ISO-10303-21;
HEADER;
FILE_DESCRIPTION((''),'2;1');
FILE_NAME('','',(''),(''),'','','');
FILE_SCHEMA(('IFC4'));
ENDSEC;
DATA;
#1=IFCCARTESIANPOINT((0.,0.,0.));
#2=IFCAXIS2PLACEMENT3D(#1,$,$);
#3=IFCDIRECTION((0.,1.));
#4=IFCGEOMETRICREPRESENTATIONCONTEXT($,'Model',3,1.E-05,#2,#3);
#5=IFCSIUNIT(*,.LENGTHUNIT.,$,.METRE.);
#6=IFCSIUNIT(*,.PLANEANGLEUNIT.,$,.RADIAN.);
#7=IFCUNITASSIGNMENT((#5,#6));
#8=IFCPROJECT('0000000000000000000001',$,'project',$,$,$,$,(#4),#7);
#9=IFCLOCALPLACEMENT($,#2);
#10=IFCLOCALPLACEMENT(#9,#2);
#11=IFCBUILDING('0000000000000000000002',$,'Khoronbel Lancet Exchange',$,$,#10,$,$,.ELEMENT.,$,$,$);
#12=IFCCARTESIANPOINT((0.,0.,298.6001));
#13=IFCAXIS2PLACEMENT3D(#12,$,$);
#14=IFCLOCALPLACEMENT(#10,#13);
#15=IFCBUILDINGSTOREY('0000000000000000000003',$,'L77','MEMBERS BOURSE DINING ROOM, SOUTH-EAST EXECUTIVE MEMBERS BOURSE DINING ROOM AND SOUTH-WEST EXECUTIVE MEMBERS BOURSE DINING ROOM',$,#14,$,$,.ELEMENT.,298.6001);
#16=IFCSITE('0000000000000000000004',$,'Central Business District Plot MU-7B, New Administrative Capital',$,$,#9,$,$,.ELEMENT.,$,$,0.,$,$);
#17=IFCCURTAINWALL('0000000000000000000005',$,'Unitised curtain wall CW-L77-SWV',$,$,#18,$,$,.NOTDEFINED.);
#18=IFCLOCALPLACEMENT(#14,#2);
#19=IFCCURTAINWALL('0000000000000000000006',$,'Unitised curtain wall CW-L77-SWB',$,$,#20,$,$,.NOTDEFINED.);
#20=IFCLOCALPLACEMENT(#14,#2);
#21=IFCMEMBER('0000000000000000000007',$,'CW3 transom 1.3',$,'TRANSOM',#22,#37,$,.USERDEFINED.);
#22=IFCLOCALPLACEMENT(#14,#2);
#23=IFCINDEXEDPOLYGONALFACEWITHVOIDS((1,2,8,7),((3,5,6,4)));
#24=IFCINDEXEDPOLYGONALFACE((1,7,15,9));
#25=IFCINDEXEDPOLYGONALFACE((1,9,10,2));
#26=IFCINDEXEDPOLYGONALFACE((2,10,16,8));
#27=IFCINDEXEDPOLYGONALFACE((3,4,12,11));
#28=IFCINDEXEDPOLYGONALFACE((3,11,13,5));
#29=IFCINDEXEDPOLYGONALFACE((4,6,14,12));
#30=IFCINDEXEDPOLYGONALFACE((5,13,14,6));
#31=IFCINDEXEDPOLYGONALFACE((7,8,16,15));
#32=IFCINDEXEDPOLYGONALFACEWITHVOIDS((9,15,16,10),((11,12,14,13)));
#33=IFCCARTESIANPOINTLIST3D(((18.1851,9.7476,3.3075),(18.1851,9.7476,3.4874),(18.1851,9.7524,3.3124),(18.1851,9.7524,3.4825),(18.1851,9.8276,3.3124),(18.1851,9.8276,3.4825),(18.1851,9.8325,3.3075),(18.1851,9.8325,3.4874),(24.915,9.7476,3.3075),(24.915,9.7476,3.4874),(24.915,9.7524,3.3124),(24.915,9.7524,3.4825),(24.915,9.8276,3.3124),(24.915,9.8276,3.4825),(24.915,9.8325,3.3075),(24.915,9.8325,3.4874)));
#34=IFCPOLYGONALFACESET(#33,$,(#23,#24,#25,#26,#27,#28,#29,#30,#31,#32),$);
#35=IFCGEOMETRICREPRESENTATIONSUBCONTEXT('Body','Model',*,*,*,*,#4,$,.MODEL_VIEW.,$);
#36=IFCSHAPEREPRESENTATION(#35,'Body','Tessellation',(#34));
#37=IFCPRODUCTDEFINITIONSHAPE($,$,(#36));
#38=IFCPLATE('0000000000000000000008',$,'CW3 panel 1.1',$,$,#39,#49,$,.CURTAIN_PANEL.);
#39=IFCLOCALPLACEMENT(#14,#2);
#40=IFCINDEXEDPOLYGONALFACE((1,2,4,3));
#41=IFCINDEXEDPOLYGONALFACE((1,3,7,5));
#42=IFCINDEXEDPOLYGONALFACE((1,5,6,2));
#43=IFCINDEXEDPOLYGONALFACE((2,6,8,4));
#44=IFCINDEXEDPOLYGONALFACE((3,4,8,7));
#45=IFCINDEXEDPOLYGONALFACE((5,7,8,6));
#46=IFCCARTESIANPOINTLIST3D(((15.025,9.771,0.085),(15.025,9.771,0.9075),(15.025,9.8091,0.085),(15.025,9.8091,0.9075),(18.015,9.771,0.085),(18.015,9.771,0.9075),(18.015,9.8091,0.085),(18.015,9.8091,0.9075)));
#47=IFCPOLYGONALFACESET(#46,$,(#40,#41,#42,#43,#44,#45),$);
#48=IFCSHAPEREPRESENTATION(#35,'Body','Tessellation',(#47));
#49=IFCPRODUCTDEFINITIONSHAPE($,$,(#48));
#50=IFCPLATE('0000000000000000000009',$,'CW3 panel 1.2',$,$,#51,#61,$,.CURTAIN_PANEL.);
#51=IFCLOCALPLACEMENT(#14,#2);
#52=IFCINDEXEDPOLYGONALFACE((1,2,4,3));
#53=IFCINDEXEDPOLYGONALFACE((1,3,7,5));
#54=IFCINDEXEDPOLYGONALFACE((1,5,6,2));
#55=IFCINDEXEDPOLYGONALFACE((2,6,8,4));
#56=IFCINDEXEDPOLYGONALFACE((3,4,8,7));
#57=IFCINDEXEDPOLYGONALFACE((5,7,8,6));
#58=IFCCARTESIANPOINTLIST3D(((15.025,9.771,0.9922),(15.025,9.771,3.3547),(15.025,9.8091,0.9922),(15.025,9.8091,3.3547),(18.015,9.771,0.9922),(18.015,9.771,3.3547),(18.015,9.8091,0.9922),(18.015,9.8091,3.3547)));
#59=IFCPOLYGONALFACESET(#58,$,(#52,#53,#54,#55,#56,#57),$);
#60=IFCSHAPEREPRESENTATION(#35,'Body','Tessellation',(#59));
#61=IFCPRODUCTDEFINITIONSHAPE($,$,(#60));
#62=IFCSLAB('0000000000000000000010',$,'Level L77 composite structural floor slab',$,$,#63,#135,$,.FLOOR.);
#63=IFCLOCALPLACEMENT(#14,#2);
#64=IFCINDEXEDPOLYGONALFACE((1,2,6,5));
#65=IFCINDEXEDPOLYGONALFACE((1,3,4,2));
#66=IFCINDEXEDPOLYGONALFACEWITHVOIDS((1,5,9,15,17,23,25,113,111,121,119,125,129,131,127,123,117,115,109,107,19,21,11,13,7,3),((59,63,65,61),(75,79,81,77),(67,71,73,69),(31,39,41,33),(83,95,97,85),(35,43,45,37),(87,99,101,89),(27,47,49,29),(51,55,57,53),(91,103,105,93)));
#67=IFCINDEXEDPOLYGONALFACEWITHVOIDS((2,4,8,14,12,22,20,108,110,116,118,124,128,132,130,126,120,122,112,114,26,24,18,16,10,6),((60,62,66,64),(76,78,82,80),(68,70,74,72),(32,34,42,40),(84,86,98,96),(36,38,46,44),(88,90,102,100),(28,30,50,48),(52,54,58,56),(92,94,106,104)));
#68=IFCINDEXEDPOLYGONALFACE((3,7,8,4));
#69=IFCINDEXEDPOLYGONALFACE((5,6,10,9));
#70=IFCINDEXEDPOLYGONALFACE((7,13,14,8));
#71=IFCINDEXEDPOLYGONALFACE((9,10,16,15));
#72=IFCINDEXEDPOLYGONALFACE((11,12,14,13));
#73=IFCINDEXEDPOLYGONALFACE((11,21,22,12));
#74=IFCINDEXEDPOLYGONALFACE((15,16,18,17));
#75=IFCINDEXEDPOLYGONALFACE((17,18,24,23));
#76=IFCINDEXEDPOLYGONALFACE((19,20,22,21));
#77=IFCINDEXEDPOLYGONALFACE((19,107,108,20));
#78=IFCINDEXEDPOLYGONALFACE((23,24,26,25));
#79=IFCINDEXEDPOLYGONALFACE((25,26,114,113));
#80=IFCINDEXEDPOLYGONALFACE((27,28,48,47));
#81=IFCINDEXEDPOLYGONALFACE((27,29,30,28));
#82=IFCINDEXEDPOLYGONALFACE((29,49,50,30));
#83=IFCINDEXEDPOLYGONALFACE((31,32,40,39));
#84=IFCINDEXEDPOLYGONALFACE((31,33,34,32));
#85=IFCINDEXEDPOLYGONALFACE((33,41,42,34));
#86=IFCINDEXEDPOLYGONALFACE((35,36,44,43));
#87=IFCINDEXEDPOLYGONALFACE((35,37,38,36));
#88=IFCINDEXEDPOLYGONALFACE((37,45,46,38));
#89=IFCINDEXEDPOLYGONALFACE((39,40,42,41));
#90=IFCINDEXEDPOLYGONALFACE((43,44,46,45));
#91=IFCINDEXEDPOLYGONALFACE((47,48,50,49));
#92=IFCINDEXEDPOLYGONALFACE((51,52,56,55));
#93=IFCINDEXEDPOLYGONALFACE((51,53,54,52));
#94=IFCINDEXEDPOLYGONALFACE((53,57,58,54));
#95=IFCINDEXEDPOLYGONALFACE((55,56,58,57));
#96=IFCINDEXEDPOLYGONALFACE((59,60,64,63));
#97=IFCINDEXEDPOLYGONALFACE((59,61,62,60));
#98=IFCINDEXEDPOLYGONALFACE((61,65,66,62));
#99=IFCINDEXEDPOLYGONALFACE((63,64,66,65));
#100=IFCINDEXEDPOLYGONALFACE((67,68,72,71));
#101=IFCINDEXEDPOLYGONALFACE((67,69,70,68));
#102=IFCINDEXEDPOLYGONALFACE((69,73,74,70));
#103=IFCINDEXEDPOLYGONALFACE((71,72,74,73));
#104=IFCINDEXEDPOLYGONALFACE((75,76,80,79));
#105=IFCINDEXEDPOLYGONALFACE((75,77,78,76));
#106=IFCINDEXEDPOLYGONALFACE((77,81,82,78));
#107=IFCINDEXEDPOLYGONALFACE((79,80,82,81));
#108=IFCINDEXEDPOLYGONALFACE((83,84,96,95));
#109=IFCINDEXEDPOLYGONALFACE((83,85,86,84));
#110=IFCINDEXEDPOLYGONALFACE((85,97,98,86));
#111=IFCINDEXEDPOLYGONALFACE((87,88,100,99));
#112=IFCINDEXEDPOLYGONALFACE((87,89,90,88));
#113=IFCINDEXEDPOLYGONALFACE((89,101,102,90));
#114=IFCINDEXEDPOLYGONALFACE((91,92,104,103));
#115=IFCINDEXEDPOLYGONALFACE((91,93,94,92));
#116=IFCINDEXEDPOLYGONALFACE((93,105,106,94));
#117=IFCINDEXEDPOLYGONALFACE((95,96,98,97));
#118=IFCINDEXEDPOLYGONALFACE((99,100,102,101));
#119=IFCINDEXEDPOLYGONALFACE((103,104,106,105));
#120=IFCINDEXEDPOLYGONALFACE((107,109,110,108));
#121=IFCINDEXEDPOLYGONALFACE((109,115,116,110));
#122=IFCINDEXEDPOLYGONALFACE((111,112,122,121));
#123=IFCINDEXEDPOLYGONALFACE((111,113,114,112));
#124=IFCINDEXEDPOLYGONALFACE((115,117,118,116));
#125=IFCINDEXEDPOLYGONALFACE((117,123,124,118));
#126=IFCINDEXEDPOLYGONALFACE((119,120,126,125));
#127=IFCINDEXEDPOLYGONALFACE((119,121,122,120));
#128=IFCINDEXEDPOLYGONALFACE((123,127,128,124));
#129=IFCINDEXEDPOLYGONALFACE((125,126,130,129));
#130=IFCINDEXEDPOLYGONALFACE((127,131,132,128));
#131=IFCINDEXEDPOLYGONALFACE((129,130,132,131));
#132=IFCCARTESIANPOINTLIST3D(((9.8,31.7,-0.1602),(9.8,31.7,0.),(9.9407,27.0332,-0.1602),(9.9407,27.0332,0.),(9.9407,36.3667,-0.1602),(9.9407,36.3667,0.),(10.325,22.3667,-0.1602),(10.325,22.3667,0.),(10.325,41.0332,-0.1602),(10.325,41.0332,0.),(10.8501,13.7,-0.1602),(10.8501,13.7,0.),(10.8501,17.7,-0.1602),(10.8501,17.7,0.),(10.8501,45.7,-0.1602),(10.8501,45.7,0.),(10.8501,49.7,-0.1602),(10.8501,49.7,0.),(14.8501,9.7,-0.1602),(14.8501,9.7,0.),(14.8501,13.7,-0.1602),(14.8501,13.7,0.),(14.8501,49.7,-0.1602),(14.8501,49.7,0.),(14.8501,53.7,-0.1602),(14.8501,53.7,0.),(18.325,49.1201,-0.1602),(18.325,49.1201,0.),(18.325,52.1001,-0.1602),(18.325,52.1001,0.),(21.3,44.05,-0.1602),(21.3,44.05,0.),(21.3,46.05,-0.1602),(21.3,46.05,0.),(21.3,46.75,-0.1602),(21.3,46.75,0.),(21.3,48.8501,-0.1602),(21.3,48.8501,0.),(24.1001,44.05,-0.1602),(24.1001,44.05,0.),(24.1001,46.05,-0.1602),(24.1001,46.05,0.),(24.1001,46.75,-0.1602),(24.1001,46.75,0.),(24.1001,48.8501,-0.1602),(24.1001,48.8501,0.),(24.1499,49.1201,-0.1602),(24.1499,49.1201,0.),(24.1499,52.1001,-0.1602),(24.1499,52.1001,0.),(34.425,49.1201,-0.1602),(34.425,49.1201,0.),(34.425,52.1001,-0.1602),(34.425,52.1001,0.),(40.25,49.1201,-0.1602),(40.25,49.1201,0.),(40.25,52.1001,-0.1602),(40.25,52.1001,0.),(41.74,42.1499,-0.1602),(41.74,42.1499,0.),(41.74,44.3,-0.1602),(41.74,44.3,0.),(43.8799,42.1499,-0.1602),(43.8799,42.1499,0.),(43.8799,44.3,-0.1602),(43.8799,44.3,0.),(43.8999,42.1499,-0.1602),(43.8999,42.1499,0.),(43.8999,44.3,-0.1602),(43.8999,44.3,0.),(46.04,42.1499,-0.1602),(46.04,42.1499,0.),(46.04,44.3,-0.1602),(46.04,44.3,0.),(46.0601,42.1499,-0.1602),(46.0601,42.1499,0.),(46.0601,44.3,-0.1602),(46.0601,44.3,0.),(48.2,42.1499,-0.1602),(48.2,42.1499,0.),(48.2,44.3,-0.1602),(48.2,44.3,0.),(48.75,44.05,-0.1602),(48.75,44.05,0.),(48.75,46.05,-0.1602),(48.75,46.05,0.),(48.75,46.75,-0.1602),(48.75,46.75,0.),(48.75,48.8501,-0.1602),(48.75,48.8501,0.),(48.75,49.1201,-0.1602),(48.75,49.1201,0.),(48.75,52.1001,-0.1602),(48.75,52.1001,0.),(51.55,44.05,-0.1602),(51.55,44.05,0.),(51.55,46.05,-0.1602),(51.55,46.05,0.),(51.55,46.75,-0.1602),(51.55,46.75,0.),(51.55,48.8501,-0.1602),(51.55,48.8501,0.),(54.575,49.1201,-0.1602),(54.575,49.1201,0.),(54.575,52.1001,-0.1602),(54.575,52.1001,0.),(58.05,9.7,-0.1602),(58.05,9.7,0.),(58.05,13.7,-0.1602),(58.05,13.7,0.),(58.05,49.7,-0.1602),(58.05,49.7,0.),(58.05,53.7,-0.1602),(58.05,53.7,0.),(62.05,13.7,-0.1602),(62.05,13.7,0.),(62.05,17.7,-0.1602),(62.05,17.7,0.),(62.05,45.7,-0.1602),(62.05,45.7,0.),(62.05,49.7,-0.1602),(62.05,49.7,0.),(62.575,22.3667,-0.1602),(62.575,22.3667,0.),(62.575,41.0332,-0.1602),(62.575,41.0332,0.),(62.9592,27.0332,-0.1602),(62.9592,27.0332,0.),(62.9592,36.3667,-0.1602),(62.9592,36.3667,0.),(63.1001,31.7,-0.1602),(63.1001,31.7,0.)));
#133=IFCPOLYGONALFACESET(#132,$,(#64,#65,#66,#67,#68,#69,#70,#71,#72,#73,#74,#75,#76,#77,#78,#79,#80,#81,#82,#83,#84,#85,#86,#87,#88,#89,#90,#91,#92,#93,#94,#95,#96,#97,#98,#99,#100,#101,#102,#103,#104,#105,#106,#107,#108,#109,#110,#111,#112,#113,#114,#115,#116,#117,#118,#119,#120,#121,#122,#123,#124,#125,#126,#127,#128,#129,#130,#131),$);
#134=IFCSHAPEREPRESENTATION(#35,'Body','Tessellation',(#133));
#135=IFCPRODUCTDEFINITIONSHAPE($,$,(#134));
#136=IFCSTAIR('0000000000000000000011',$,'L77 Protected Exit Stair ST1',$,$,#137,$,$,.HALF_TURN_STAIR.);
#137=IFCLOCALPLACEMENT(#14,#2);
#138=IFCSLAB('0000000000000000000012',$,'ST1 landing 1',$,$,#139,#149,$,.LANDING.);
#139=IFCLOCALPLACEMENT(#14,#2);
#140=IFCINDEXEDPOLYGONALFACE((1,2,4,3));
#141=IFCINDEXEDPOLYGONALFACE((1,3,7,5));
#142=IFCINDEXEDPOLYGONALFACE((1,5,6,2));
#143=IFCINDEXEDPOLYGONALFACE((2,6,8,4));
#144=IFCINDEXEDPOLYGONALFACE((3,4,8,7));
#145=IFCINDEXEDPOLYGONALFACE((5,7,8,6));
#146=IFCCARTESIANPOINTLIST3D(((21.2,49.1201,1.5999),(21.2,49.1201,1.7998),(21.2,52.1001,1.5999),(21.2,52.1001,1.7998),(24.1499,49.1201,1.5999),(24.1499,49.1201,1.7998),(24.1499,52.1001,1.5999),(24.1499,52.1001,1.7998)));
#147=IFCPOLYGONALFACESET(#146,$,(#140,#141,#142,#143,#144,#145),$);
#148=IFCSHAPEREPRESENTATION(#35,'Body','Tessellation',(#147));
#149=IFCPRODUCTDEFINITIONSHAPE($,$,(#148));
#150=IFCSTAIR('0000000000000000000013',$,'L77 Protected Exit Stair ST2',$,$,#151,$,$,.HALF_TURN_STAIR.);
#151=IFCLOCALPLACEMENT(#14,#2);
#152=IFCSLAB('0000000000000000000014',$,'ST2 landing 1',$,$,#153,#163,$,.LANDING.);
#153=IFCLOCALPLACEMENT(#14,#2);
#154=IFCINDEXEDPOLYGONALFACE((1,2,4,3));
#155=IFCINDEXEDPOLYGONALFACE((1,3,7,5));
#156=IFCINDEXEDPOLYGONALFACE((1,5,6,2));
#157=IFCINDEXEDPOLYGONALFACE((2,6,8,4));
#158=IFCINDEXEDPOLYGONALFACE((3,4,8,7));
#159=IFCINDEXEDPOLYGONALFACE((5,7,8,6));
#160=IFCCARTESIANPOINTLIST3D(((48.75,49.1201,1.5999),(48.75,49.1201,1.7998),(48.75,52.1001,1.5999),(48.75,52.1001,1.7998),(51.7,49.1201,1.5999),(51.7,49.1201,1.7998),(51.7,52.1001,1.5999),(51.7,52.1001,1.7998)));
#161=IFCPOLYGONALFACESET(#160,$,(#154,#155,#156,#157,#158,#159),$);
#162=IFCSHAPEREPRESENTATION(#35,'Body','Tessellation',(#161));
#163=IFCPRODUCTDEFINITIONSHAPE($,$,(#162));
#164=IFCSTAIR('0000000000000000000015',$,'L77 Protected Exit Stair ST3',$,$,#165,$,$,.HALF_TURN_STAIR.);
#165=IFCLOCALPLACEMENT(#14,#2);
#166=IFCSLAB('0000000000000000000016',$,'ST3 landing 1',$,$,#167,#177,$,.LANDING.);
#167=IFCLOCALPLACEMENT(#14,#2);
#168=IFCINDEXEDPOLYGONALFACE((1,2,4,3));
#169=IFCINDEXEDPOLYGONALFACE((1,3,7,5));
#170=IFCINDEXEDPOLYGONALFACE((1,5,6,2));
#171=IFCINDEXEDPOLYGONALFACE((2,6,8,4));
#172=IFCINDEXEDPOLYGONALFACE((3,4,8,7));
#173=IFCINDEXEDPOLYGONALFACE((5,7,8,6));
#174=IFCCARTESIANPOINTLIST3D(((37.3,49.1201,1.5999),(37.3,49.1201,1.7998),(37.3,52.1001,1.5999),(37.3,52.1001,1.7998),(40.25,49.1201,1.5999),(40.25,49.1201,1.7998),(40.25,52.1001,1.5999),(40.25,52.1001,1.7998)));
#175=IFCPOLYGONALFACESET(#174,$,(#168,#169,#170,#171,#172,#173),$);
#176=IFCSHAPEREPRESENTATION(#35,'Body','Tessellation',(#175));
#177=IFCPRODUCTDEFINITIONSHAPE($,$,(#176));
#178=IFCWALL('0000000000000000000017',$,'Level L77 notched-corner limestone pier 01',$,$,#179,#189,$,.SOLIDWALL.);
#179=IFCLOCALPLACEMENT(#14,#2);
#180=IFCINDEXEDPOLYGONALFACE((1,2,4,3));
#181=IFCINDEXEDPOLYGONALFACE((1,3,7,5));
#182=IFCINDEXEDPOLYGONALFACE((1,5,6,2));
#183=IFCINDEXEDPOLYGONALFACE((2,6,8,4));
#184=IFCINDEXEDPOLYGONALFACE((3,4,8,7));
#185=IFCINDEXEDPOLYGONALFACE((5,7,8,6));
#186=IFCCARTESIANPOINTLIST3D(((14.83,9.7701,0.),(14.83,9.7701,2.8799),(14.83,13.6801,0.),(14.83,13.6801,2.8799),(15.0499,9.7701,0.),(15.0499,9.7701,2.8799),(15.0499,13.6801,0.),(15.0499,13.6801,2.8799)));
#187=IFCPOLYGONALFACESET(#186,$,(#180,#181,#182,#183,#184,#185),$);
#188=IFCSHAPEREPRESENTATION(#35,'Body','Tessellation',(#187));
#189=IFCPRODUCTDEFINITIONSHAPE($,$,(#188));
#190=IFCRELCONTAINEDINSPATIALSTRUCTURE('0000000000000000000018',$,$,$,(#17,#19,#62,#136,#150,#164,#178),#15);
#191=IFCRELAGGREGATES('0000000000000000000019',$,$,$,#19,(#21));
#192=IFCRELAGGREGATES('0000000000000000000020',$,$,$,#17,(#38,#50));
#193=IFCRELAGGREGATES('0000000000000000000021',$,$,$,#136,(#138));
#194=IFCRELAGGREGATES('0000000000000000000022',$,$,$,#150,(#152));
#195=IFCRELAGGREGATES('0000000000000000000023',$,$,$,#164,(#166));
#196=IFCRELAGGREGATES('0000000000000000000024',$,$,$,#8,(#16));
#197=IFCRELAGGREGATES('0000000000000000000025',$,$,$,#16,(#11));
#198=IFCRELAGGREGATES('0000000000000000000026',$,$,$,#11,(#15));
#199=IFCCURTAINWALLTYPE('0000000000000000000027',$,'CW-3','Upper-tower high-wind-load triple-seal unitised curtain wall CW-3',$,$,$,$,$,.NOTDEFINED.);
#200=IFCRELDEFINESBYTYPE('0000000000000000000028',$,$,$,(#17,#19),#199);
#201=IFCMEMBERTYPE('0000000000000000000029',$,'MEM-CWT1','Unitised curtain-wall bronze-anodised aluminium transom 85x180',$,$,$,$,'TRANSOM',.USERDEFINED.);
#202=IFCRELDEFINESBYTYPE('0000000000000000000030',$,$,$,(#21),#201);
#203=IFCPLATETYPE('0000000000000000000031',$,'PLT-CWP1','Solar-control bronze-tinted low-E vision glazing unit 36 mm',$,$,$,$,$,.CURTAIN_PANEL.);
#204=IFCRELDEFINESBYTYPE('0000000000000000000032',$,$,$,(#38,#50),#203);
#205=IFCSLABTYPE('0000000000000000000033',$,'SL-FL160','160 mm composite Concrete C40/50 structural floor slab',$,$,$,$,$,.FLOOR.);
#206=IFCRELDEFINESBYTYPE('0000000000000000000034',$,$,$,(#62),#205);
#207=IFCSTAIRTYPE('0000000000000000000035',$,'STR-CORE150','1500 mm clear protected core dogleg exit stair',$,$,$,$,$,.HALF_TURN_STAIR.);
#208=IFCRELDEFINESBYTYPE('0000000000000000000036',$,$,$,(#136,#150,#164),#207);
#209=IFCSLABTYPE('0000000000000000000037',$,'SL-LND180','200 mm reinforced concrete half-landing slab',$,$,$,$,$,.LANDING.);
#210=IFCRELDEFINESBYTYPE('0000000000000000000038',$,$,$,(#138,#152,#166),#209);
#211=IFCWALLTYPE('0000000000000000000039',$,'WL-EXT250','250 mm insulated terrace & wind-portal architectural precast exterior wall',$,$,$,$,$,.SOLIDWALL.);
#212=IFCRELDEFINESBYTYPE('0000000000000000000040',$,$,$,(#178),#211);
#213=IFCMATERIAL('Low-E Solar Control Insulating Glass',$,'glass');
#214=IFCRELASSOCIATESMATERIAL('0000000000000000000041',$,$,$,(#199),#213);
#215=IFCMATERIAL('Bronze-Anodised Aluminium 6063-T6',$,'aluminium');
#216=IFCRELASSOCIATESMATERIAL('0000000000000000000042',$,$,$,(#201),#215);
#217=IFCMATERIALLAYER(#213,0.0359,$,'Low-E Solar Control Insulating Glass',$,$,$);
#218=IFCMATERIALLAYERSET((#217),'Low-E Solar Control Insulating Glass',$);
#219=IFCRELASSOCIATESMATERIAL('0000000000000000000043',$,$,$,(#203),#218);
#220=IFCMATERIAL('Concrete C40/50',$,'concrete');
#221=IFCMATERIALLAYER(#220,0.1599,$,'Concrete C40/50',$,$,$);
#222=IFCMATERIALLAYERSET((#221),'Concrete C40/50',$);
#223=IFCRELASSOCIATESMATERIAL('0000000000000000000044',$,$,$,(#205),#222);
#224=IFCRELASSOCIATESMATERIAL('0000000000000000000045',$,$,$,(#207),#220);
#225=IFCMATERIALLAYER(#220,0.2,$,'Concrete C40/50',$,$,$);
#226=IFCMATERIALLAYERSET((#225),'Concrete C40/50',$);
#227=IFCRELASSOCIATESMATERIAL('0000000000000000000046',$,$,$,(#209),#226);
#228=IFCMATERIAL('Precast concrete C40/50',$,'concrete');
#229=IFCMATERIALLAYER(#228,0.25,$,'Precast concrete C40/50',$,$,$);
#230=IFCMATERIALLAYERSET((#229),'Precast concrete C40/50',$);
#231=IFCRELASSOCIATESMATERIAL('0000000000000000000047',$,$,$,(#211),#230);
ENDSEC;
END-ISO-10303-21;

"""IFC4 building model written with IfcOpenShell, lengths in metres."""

from ifc_helpers import new_model, si_unit, direction, frame, frame_2d, origin, origin_2d, place, context, subcontext, project, spatial, polyline, rectangle, hollow_rectangle, outline, extrude, material, layer, layer_set, material_profile, profile_set, type_object, element, aggregate, save


model = new_model("IFC4")

# Units and contexts
model_context = context("Model", 3, precision=1e-05, world=origin(), true_north=direction((0.0, 1.0)))
body_context = subcontext(model_context, "Body", "Model", "MODEL_VIEW")
ifc_project = project(units=[si_unit("LENGTHUNIT", "METRE"), si_unit("PLANEANGLEUNIT", "RADIAN")], contexts=[model_context])

# Site, building, storey
site_placement = place(None, origin())
site = spatial("IfcSite", under=ifc_project, at=site_placement, Name="Central Business District Plot MU-7B, New Administrative Capital", CompositionType="ELEMENT", RefElevation=0.0)
building_placement = place(site_placement, origin())
building = spatial("IfcBuilding", under=site, at=building_placement, Name="Khoronbel Lancet Exchange", CompositionType="ELEMENT")
storey_placement = place(building_placement, frame((0.0, 0.0, 298.6001)))
storey = spatial("IfcBuildingStorey", under=building, at=storey_placement, Name="L77", Description="MEMBERS BOURSE DINING ROOM, SOUTH-EAST EXECUTIVE MEMBERS BOURSE DINING ROOM AND SOUTH-WEST EXECUTIVE MEMBERS BOURSE DINING ROOM", CompositionType="ELEMENT", Elevation=298.6001)

# Curtain wall
ifc_material_1 = material(Name="Low-E Solar Control Insulating Glass", Category="glass")
curtain_wall_type = type_object("IfcCurtainWallType", Name="CW-3", Description="Upper-tower high-wind-load triple-seal unitised curtain wall CW-3", PredefinedType="NOTDEFINED", material=ifc_material_1)
curtain_wall_1_placement = place(storey_placement, origin())
curtain_wall_1 = element("IfcCurtainWall", 1, at=curtain_wall_1_placement, inside=storey, type_object=curtain_wall_type, Name="Unitised curtain wall CW-L77-SWV", PredefinedType="NOTDEFINED")
ifc_material_2 = material(Name="Bronze-Anodised Aluminium 6063-T6", Category="aluminium")

# Curtain wall
curtain_wall_2_placement = place(storey_placement, origin())
curtain_wall_2 = element("IfcCurtainWall", 2, at=curtain_wall_2_placement, inside=storey, type_object=curtain_wall_type, Name="Unitised curtain wall CW-L77-SWB", PredefinedType="NOTDEFINED")

# Member
ifc_material_profile_1 = material_profile(ifc_material_2, hollow_rectangle(XDim=0.085, YDim=0.1799, WallThickness=0.0049, at=origin_2d()), Name="ALU TRANSOM 85x180")
ifc_profile_set_1 = profile_set([ifc_material_profile_1], Name="Bronze-Anodised Aluminium 6063-T6")
member_type_1 = type_object("IfcMemberType", Name="MEM-CWT1", Description="Unitised curtain-wall bronze-anodised aluminium transom 85x180", ElementType="TRANSOM", PredefinedType="USERDEFINED", material=ifc_profile_set_1)
member_1_placement = place(storey_placement, frame((18.1851, 9.79, 3.3975), z_axis=(1.0, 0.0, 0.0), x_axis=(0.0, 1.0, 0.0)))
member_1 = element("IfcMember", 3, at=member_1_placement, type_object=member_type_1, Name="CW3 transom 1.3", ObjectType="TRANSOM", PredefinedType="USERDEFINED", context=body_context, shape_type="SweptSolid", body=[
    extrude(hollow_rectangle(XDim=0.085, YDim=0.1799, WallThickness=0.0049, at=origin_2d()), origin(), (0.0, 0.0, 1.0), 6.73),
])
aggregate(curtain_wall_2, [member_1])

# Plates
ifc_layer_1 = layer(ifc_material_1, 0.0359, Name="Low-E Solar Control Insulating Glass")
ifc_layer_set_1 = layer_set([ifc_layer_1], Name="Low-E Solar Control Insulating Glass")
plate_type = type_object("IfcPlateType", Name="PLT-CWP1", Description="Solar-control bronze-tinted low-E vision glazing unit 36 mm", PredefinedType="CURTAIN_PANEL", material=ifc_layer_set_1)
plate_1_placement = place(storey_placement, frame((16.52, 9.79, 0.085), z_axis=(0.0, 0.0, 1.0), x_axis=(1.0, 0.0, 0.0)))
plate_1 = element("IfcPlate", 4, at=plate_1_placement, type_object=plate_type, Name="CW3 panel 1.1", PredefinedType="CURTAIN_PANEL", context=body_context, shape_type="SweptSolid", body=[
    extrude(rectangle(XDim=2.99, YDim=0.0381, at=origin_2d()), origin(), (0.0, 0.0, 1.0), 0.8225),
])
plate_2_placement = place(storey_placement, frame((16.52, 9.79, 0.9922), z_axis=(0.0, 0.0, 1.0), x_axis=(1.0, 0.0, 0.0)))
plate_2 = element("IfcPlate", 5, at=plate_2_placement, type_object=plate_type, Name="CW3 panel 1.2", PredefinedType="CURTAIN_PANEL", context=body_context, shape_type="SweptSolid", body=[
    extrude(rectangle(XDim=2.99, YDim=0.0381, at=origin_2d()), origin(), (0.0, 0.0, 1.0), 2.3625),
])
aggregate(curtain_wall_1, [plate_1, plate_2])

# Slab
ifc_material_3 = material(Name="Concrete C40/50", Category="concrete")
ifc_layer_2 = layer(ifc_material_3, 0.1599, Name="Concrete C40/50")
ifc_layer_set_2 = layer_set([ifc_layer_2], Name="Concrete C40/50")
slab_type_1 = type_object("IfcSlabType", Name="SL-FL160", Description="160 mm composite Concrete C40/50 structural floor slab", PredefinedType="FLOOR", material=ifc_layer_set_2)
slab_1_placement = place(storey_placement, frame((0.0, 0.0, -0.1602)))
element("IfcSlab", 6, at=slab_1_placement, inside=storey, type_object=slab_type_1, Name="Level L77 composite structural floor slab", PredefinedType="FLOOR", context=body_context, shape_type="SweptSolid", body=[
    extrude(outline(polyline([(14.8501, 9.7), (58.05, 9.7), (58.05, 13.7), (62.05, 13.7), (62.05, 17.7), (62.575, 22.3667), (62.9592, 27.0332), (63.1001, 31.7), (62.9592, 36.3667), (62.575, 41.0332), (62.05, 45.7), (62.05, 49.7), (58.05, 49.7), (58.05, 53.7), (14.8501, 53.7), (14.8501, 49.7), (10.8501, 49.7), (10.8501, 45.7), (10.325, 41.0332), (9.9407, 36.3667), (9.8, 31.7), (9.9407, 27.0332), (10.325, 22.3667), (10.8501, 17.7), (10.8501, 13.7), (14.8501, 13.7), (14.8501, 9.7)]), holes=[polyline([(18.325, 49.1201), (24.1499, 49.1201), (24.1499, 52.1001), (18.325, 52.1001), (18.325, 49.1201)]), polyline([(48.75, 49.1201), (54.575, 49.1201), (54.575, 52.1001), (48.75, 52.1001), (48.75, 49.1201)]), polyline([(34.425, 49.1201), (40.25, 49.1201), (40.25, 52.1001), (34.425, 52.1001), (34.425, 49.1201)]), polyline([(41.74, 42.1499), (43.8799, 42.1499), (43.8799, 44.3), (41.74, 44.3), (41.74, 42.1499)]), polyline([(43.8999, 42.1499), (46.04, 42.1499), (46.04, 44.3), (43.8999, 44.3), (43.8999, 42.1499)]), polyline([(46.0601, 42.1499), (48.2, 42.1499), (48.2, 44.3), (46.0601, 44.3), (46.0601, 42.1499)]), polyline([(21.3, 46.75), (24.1001, 46.75), (24.1001, 48.8501), (21.3, 48.8501), (21.3, 46.75)]), polyline([(48.75, 46.75), (51.55, 46.75), (51.55, 48.8501), (48.75, 48.8501), (48.75, 46.75)]), polyline([(21.3, 44.05), (24.1001, 44.05), (24.1001, 46.05), (21.3, 46.05), (21.3, 44.05)]), polyline([(48.75, 44.05), (51.55, 44.05), (51.55, 46.05), (48.75, 46.05), (48.75, 44.05)])]), origin(), (0.0, 0.0, 1.0), 0.1602),
])

# Stairs, slabs
stair_type = type_object("IfcStairType", Name="STR-CORE150", Description="1500 mm clear protected core dogleg exit stair", PredefinedType="HALF_TURN_STAIR", material=ifc_material_3)
stair_1_placement = place(storey_placement, origin())
stair_1 = element("IfcStair", 7, at=stair_1_placement, inside=storey, type_object=stair_type, Name="L77 Protected Exit Stair ST1", PredefinedType="HALF_TURN_STAIR")
ifc_layer_3 = layer(ifc_material_3, 0.2, Name="Concrete C40/50")
ifc_layer_set_3 = layer_set([ifc_layer_3], Name="Concrete C40/50")
slab_type_2 = type_object("IfcSlabType", Name="SL-LND180", Description="200 mm reinforced concrete half-landing slab", PredefinedType="LANDING", material=ifc_layer_set_3)
slab_2_placement = place(storey_placement, frame((0.0, 0.0, 1.5999)))
slab_2 = element("IfcSlab", 8, at=slab_2_placement, type_object=slab_type_2, Name="ST1 landing 1", PredefinedType="LANDING", context=body_context, shape_type="SweptSolid", body=[
    extrude(outline(polyline([(21.2, 49.1201), (24.1499, 49.1201), (24.1499, 52.1001), (21.2, 52.1001), (21.2, 49.1201)])), origin(), (0.0, 0.0, 1.0), 0.2),
])
aggregate(stair_1, [slab_2])
stair_2_placement = place(storey_placement, origin())
stair_2 = element("IfcStair", 9, at=stair_2_placement, inside=storey, type_object=stair_type, Name="L77 Protected Exit Stair ST2", PredefinedType="HALF_TURN_STAIR")
slab_3_placement = place(storey_placement, frame((0.0, 0.0, 1.5999)))
slab_3 = element("IfcSlab", 10, at=slab_3_placement, type_object=slab_type_2, Name="ST2 landing 1", PredefinedType="LANDING", context=body_context, shape_type="SweptSolid", body=[
    extrude(outline(polyline([(51.7, 52.1001), (48.75, 52.1001), (48.75, 49.1201), (51.7, 49.1201), (51.7, 52.1001)])), origin(), (0.0, 0.0, 1.0), 0.2),
])
aggregate(stair_2, [slab_3])
stair_3_placement = place(storey_placement, origin())
stair_3 = element("IfcStair", 11, at=stair_3_placement, inside=storey, type_object=stair_type, Name="L77 Protected Exit Stair ST3", PredefinedType="HALF_TURN_STAIR")
slab_4_placement = place(storey_placement, frame((0.0, 0.0, 1.5999)))
slab_4 = element("IfcSlab", 12, at=slab_4_placement, type_object=slab_type_2, Name="ST3 landing 1", PredefinedType="LANDING", context=body_context, shape_type="SweptSolid", body=[
    extrude(outline(polyline([(37.3, 49.1201), (40.25, 49.1201), (40.25, 52.1001), (37.3, 52.1001), (37.3, 49.1201)])), origin(), (0.0, 0.0, 1.0), 0.2),
])
aggregate(stair_3, [slab_4])

# Wall
ifc_material_4 = material(Name="Precast concrete C40/50", Category="concrete")
ifc_layer_4 = layer(ifc_material_4, 0.25, Name="Precast concrete C40/50")
ifc_layer_set_4 = layer_set([ifc_layer_4], Name="Precast concrete C40/50")
wall_type_1 = type_object("IfcWallType", Name="WL-EXT250", Description="250 mm insulated terrace & wind-portal architectural precast exterior wall", PredefinedType="SOLIDWALL", material=ifc_layer_set_4)
wall_1_placement = place(storey_placement, frame((14.9399, 9.77, 0.0), z_axis=(0.0, 0.0, 1.0), x_axis=(0.0, 1.0, 0.0)))
element("IfcWall", 13, at=wall_1_placement, inside=storey, type_object=wall_type_1, Name="Level L77 notched-corner limestone pier 01", PredefinedType="SOLIDWALL", context=body_context, shape_type="SweptSolid", body=[
    extrude(rectangle(XDim=3.9099, YDim=0.22, at=frame_2d((1.9551, 0.0))), origin(), (0.0, 0.0, 1.0), 2.8799),
])

save(model, "model.ifc")
